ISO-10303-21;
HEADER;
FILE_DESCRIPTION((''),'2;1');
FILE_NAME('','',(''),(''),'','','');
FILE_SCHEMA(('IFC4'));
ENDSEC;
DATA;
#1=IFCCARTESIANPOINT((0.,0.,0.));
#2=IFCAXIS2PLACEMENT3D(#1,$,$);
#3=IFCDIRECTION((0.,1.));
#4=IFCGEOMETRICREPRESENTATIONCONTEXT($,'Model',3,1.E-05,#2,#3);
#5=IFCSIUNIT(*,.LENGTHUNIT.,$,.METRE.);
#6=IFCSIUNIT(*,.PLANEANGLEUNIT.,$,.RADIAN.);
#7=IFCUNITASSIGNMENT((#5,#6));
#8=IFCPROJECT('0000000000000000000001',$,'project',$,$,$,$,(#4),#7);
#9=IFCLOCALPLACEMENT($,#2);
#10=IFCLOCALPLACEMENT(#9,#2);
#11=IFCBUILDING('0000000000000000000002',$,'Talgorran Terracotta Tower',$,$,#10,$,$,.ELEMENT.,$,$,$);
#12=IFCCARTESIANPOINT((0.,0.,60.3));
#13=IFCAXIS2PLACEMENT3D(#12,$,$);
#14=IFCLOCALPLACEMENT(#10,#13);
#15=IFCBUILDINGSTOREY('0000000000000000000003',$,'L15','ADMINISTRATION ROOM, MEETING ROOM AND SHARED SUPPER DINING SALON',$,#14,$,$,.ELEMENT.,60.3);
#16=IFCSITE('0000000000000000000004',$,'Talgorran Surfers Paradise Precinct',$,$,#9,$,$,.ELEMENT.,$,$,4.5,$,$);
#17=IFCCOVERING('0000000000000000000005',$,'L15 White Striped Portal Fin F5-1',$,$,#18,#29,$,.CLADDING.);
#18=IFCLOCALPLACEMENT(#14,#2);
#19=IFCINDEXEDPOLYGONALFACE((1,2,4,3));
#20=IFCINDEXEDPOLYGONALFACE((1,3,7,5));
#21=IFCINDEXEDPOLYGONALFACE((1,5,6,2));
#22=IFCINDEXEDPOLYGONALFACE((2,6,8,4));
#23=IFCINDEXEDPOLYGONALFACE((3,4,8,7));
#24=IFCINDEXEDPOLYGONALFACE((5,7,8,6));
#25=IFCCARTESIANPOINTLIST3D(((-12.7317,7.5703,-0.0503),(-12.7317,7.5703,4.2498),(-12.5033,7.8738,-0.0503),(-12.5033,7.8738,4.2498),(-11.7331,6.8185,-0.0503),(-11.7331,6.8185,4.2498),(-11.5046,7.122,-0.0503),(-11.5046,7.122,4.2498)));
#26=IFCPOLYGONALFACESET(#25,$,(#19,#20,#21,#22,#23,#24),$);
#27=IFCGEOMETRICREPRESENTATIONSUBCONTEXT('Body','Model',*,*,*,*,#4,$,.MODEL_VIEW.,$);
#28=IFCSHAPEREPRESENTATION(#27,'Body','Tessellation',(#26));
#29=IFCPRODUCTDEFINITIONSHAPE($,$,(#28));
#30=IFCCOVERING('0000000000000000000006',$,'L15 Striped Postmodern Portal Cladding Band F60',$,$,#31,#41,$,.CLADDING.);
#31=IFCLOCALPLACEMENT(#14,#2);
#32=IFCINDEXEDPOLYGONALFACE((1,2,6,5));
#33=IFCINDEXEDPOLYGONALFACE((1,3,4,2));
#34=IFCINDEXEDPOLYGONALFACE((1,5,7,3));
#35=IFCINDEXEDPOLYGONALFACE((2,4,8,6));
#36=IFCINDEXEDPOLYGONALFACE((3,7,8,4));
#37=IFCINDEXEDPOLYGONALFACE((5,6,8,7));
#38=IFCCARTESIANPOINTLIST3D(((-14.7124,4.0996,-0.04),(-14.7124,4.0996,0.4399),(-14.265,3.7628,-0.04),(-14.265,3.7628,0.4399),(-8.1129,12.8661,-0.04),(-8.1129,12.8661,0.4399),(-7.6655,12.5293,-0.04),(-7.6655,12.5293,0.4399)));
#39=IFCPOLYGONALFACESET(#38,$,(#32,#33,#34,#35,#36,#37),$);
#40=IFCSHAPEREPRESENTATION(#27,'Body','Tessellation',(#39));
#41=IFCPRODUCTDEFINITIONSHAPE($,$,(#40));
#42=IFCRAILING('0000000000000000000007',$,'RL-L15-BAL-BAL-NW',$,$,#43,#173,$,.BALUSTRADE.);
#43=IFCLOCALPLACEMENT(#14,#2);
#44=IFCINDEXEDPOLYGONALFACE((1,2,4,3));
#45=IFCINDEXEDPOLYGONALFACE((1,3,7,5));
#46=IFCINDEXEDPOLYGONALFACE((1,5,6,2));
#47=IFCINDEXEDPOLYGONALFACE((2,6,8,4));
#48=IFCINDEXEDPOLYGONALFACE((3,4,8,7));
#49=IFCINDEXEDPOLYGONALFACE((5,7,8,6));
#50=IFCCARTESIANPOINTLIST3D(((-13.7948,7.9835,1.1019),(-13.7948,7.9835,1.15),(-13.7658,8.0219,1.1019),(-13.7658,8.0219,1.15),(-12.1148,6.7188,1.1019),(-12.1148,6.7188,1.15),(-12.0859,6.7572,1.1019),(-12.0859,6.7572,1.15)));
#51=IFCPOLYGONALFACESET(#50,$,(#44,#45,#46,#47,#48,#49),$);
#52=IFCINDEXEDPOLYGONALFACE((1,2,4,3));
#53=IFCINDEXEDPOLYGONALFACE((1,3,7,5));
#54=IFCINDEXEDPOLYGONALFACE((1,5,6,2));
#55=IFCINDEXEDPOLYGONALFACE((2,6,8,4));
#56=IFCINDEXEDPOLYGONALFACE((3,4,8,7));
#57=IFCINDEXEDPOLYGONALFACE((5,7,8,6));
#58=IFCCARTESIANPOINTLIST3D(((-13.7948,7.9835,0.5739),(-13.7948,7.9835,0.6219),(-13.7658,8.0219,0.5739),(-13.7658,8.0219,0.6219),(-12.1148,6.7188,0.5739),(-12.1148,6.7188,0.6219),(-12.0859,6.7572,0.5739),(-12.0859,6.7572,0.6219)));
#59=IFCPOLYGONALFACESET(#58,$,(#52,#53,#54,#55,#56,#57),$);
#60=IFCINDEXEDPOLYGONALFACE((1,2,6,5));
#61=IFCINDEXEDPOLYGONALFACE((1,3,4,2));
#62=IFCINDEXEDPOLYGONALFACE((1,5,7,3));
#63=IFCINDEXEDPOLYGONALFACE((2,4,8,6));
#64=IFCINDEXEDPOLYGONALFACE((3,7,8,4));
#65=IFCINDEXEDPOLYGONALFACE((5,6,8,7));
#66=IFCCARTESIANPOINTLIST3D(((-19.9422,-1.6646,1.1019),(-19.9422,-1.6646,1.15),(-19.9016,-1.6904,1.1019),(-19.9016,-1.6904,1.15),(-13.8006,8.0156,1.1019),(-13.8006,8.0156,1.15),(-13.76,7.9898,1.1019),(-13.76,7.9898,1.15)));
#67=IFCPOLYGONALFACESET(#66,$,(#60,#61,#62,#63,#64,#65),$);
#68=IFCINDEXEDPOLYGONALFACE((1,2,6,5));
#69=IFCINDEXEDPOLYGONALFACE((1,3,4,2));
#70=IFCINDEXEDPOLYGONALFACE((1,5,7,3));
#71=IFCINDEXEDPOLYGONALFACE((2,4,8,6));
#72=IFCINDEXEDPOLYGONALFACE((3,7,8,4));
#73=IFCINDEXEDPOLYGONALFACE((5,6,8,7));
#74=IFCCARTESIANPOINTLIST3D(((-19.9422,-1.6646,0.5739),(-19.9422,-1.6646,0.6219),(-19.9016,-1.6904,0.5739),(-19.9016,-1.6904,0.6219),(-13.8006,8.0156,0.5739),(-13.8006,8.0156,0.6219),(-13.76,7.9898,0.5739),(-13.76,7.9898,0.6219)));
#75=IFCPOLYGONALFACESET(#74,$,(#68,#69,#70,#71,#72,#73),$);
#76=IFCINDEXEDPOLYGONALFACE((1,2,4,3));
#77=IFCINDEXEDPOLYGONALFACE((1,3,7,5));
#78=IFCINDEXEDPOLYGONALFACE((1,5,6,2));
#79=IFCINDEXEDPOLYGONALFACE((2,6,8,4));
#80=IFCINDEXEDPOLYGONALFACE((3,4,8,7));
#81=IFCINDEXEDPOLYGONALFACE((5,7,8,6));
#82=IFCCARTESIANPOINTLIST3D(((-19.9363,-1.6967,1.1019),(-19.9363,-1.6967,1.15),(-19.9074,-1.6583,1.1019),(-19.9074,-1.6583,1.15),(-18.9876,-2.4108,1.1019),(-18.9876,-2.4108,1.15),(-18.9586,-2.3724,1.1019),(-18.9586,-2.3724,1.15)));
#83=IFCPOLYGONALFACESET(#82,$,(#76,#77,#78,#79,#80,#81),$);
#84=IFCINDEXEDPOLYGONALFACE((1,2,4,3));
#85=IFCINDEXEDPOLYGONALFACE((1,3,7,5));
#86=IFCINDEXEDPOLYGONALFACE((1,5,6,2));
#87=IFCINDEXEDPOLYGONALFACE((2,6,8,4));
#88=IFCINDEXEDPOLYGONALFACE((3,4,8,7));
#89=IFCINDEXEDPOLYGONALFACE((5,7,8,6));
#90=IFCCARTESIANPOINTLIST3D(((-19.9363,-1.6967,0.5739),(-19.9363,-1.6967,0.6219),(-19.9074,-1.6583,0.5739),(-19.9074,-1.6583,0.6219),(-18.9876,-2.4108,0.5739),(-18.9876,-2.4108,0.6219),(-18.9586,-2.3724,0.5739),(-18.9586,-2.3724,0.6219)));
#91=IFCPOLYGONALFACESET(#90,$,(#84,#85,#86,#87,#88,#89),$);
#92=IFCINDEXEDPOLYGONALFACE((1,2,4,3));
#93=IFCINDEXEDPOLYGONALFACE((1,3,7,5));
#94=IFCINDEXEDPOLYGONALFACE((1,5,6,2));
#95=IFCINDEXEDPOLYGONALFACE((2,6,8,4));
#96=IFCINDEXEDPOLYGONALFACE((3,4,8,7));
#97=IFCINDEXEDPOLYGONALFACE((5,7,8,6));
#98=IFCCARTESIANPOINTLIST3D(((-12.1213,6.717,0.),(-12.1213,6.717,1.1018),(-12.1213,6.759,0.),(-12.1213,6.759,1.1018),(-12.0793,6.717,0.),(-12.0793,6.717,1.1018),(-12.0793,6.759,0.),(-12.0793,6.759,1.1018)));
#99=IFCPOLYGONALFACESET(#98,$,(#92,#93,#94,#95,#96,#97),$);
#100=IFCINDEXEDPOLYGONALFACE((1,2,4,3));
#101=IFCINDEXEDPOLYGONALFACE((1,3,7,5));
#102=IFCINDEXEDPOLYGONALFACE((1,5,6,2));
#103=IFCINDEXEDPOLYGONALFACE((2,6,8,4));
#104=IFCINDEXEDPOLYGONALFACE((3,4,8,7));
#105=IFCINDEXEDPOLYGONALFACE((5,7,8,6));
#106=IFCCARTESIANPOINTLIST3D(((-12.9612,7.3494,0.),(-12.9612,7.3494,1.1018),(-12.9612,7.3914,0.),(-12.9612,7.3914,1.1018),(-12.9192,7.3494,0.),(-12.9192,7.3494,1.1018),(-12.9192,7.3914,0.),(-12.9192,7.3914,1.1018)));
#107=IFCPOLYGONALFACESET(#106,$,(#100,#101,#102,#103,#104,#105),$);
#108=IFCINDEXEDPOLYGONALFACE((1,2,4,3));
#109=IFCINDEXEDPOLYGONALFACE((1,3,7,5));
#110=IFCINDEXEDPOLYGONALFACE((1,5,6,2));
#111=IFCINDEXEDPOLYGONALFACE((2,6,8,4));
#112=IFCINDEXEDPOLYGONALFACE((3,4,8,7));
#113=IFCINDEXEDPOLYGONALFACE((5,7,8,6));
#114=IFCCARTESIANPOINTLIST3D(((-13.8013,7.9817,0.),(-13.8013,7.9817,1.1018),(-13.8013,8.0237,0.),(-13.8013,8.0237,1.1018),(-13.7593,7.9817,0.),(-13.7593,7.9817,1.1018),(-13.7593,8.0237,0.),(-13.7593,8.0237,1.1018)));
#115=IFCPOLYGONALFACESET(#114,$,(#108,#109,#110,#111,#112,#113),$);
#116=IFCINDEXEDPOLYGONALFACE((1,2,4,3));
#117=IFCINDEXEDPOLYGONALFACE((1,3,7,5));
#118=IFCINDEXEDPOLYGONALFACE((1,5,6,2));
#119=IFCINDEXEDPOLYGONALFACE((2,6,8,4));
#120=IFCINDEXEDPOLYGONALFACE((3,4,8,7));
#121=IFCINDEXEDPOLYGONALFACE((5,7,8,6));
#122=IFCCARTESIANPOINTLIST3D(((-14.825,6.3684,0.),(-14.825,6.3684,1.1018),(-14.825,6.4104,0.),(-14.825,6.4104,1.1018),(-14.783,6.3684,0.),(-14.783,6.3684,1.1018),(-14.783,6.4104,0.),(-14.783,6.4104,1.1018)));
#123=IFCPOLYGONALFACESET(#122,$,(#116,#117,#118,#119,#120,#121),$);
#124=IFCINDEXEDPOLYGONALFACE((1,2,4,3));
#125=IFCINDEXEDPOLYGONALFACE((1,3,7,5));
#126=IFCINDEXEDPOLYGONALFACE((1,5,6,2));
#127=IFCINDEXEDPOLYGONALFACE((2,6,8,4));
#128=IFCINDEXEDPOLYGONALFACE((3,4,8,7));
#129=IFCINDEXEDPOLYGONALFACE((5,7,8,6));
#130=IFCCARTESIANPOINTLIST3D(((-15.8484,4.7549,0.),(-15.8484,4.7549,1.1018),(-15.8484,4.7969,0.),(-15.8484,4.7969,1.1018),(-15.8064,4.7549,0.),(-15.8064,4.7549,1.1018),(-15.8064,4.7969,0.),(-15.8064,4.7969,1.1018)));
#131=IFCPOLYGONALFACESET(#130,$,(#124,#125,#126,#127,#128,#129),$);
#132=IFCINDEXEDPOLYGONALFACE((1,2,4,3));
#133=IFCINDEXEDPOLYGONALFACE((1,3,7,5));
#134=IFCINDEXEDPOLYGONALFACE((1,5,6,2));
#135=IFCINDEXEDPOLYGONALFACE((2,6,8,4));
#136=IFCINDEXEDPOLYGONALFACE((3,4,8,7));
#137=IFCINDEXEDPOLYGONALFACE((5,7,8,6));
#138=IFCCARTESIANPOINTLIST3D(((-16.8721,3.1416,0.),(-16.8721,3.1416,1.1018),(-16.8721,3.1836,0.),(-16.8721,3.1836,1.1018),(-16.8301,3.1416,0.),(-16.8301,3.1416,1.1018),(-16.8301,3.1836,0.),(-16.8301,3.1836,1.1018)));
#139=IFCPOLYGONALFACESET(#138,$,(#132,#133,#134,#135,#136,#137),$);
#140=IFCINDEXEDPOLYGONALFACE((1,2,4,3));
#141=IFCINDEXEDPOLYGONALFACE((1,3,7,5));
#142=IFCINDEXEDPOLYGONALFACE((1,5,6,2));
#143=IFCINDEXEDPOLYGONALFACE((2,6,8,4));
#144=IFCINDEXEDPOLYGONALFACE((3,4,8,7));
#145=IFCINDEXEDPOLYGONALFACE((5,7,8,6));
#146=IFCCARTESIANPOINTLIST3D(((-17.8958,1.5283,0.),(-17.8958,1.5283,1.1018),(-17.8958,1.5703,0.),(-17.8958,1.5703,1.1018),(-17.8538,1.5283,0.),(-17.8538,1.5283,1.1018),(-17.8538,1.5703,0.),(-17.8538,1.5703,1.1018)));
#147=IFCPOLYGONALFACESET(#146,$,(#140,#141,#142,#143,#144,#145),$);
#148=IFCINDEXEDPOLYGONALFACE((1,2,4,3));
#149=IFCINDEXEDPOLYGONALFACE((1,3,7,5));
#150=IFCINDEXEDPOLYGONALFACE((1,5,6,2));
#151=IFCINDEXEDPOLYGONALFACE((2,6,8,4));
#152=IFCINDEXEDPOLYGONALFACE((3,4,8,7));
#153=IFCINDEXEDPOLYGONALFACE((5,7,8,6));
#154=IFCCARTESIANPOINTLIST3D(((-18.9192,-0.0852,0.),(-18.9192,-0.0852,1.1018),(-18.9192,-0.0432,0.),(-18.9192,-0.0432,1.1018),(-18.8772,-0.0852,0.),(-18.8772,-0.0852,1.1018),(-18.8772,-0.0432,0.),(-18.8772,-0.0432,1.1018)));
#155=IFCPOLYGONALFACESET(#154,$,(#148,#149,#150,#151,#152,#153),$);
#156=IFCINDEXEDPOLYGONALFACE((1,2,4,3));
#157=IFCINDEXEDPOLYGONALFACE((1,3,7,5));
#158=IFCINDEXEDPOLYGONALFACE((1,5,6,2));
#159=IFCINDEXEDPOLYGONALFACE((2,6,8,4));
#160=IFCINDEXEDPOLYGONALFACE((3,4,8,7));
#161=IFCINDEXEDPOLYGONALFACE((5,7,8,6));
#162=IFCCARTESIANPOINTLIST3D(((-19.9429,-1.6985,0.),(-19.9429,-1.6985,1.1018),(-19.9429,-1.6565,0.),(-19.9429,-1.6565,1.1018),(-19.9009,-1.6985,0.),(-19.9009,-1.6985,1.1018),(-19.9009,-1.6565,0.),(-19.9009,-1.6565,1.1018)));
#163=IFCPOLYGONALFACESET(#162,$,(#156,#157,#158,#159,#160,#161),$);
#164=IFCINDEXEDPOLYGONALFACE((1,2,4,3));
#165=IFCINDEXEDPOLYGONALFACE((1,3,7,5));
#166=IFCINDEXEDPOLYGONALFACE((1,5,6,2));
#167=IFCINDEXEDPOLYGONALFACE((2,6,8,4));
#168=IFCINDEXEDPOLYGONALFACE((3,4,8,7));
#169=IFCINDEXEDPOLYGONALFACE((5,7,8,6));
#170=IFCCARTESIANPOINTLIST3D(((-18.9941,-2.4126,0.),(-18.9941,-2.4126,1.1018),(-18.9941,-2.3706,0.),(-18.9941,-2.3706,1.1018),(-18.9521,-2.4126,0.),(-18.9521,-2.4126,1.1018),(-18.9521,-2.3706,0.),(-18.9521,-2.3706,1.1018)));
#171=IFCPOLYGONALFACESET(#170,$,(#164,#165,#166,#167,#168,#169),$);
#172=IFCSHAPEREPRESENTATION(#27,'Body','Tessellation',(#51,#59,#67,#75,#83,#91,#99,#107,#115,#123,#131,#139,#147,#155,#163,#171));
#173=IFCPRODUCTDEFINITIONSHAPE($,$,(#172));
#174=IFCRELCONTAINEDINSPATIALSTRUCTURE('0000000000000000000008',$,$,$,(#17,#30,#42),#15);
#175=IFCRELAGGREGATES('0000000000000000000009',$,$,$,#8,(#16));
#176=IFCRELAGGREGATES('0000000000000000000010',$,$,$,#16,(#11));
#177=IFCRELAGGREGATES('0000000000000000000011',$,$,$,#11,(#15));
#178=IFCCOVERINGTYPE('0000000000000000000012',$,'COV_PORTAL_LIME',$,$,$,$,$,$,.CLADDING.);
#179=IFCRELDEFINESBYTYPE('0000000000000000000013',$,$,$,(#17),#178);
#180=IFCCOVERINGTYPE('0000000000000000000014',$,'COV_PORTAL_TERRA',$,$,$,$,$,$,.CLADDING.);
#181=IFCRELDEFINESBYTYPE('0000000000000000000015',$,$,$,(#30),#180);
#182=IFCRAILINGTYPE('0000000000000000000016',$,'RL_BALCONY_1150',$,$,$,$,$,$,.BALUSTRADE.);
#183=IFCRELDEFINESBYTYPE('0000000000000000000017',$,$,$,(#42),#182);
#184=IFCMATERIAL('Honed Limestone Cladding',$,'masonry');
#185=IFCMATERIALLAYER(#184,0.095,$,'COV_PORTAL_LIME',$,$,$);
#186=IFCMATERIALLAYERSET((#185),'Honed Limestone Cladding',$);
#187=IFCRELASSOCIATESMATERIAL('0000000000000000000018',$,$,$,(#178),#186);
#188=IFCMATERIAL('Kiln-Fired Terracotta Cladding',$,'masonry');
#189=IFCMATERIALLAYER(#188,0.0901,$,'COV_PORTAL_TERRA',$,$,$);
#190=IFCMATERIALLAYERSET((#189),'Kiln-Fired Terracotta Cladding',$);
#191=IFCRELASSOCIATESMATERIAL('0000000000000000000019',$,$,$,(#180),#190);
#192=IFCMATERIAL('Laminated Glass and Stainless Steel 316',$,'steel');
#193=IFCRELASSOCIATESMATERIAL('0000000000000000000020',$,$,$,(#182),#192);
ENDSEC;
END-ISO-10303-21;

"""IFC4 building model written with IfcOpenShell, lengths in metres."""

from ifc_helpers import new_model, si_unit, direction, frame, origin, origin_2d, place, context, subcontext, project, spatial, rectangle, extrude, material, layer, layer_set, type_object, element, save


model = new_model("IFC4")

# Units and contexts
model_context = context("Model", 3, precision=1e-05, world=origin(), true_north=direction((0.0, 1.0)))
body_context = subcontext(model_context, "Body", "Model", "MODEL_VIEW")
ifc_project = project(units=[si_unit("LENGTHUNIT", "METRE"), si_unit("PLANEANGLEUNIT", "RADIAN")], contexts=[model_context])

# Site, building, storey
site_placement = place(None, origin())
site = spatial("IfcSite", under=ifc_project, at=site_placement, Name="Talgorran Surfers Paradise Precinct", CompositionType="ELEMENT", RefElevation=4.5)
building_placement = place(site_placement, origin())
building = spatial("IfcBuilding", under=site, at=building_placement, Name="Talgorran Terracotta Tower", CompositionType="ELEMENT")
storey_placement = place(building_placement, frame((0.0, 0.0, 60.3)))
storey = spatial("IfcBuildingStorey", under=building, at=storey_placement, Name="L15", Description="ADMINISTRATION ROOM, MEETING ROOM AND SHARED SUPPER DINING SALON", CompositionType="ELEMENT", Elevation=60.3)

# Coverings
ifc_material_1 = material(Name="Honed Limestone Cladding", Category="masonry")
ifc_layer_1 = layer(ifc_material_1, 0.095, Name="COV_PORTAL_LIME")
ifc_layer_set_1 = layer_set([ifc_layer_1], Name="Honed Limestone Cladding")
covering_type_1 = type_object("IfcCoveringType", Name="COV_PORTAL_LIME", PredefinedType="CLADDING", material=ifc_layer_set_1)
covering_1_placement = place(storey_placement, frame((-12.1182, 7.3462, -0.0503), z_axis=(0.0, 0.0, 1.0), x_axis=(-0.601439, -0.798919, 0.0)))
element("IfcCovering", 1, at=covering_1_placement, inside=storey, type_object=covering_type_1, Name="L15 White Striped Portal Fin F5-1", PredefinedType="CLADDING", context=body_context, shape_type="SweptSolid", body=[
    extrude(rectangle(XDim=0.3799, YDim=1.25, at=origin_2d()), origin(), (0.0, 0.0, 1.0), 4.3),
])
ifc_material_2 = material(Name="Kiln-Fired Terracotta Cladding", Category="masonry")
ifc_layer_2 = layer(ifc_material_2, 0.0901, Name="COV_PORTAL_TERRA")
ifc_layer_set_2 = layer_set([ifc_layer_2], Name="Kiln-Fired Terracotta Cladding")
covering_type_2 = type_object("IfcCoveringType", Name="COV_PORTAL_TERRA", PredefinedType="CLADDING", material=ifc_layer_set_2)
covering_2_placement = place(storey_placement, frame((-11.189, 8.3145, -0.04), z_axis=(0.0, 0.0, 1.0), x_axis=(-0.601439, -0.798919, 0.0)))
element("IfcCovering", 2, at=covering_2_placement, inside=storey, type_object=covering_type_2, Name="L15 Striped Postmodern Portal Cladding Band F60", PredefinedType="CLADDING", context=body_context, shape_type="SweptSolid", body=[
    extrude(rectangle(XDim=10.9729, YDim=0.5601, at=origin_2d()), origin(), (0.0, 0.0, 1.0), 0.48),
])

# Railing
ifc_material_3 = material(Name="Laminated Glass and Stainless Steel 316", Category="steel")
railing_type = type_object("IfcRailingType", Name="RL_BALCONY_1150", PredefinedType="BALUSTRADE", material=ifc_material_3)
railing_placement = place(storey_placement, frame((-12.1003, 6.738, 0.0)))
element("IfcRailing", 3, at=railing_placement, inside=storey, type_object=railing_type, Name="RL-L15-BAL-BAL-NW", PredefinedType="BALUSTRADE", context=body_context, shape_type="SweptSolid", body=[
    extrude(rectangle(XDim=0.0481, YDim=0.0481, at=origin_2d()), frame((0.0, 0.0, 1.126), z_axis=(-0.798926, 0.601429, 0.0), x_axis=(-0.601429, -0.798926, 0.0)), (0.0, 0.0, 1.0), 2.1028),
    extrude(rectangle(XDim=0.0481, YDim=0.0481, at=origin_2d()), frame((0.0, 0.0, 0.5979), z_axis=(-0.798926, 0.601429, 0.0), x_axis=(-0.601429, -0.798926, 0.0)), (0.0, 0.0, 1.0), 2.1028),
    extrude(rectangle(XDim=0.0481, YDim=0.0481, at=origin_2d()), frame((-1.6799, 1.2646, 1.126), z_axis=(-0.535726, -0.844392, 0.0), x_axis=(0.844392, -0.535726, 0.0)), (0.0, 0.0, 1.0), 11.4641),
    extrude(rectangle(XDim=0.0481, YDim=0.0481, at=origin_2d()), frame((-1.6799, 1.2646, 0.5979), z_axis=(-0.535726, -0.844392, 0.0), x_axis=(0.844392, -0.535726, 0.0)), (0.0, 0.0, 1.0), 11.4641),
    extrude(rectangle(XDim=0.0481, YDim=0.0481, at=origin_2d()), frame((-7.8215, -8.4155, 1.126), z_axis=(0.798963, -0.601381, 0.0), x_axis=(0.601381, 0.798963, 0.0)), (0.0, 0.0, 1.0), 1.1875),
    extrude(rectangle(XDim=0.0481, YDim=0.0481, at=origin_2d()), frame((-7.8215, -8.4155, 0.5979), z_axis=(0.798963, -0.601381, 0.0), x_axis=(0.601381, 0.798963, 0.0)), (0.0, 0.0, 1.0), 1.1875),
    extrude(rectangle(XDim=0.042, YDim=0.042, at=origin_2d()), origin(), (0.0, 0.0, 1.0), 1.1018),
    extrude(rectangle(XDim=0.042, YDim=0.042, at=origin_2d()), frame((-0.8398, 0.6323, 0.0)), (0.0, 0.0, 1.0), 1.1018),
    extrude(rectangle(XDim=0.042, YDim=0.042, at=origin_2d()), frame((-1.6799, 1.2646, 0.0)), (0.0, 0.0, 1.0), 1.1018),
    extrude(rectangle(XDim=0.042, YDim=0.042, at=origin_2d()), frame((-2.7036, -0.3486, 0.0)), (0.0, 0.0, 1.0), 1.1018),
    extrude(rectangle(XDim=0.042, YDim=0.042, at=origin_2d()), frame((-3.7271, -1.9622, 0.0)), (0.0, 0.0, 1.0), 1.1018),
    extrude(rectangle(XDim=0.042, YDim=0.042, at=origin_2d()), frame((-4.7507, -3.5754, 0.0)), (0.0, 0.0, 1.0), 1.1018),
    extrude(rectangle(XDim=0.042, YDim=0.042, at=origin_2d()), frame((-5.7744, -5.1887, 0.0)), (0.0, 0.0, 1.0), 1.1018),
    extrude(rectangle(XDim=0.042, YDim=0.042, at=origin_2d()), frame((-6.7979, -6.8022, 0.0)), (0.0, 0.0, 1.0), 1.1018),
    extrude(rectangle(XDim=0.042, YDim=0.042, at=origin_2d()), frame((-7.8215, -8.4155, 0.0)), (0.0, 0.0, 1.0), 1.1018),
    extrude(rectangle(XDim=0.042, YDim=0.042, at=origin_2d()), frame((-6.8728, -9.1296, 0.0)), (0.0, 0.0, 1.0), 1.1018),
])

save(model, "model.ifc")
